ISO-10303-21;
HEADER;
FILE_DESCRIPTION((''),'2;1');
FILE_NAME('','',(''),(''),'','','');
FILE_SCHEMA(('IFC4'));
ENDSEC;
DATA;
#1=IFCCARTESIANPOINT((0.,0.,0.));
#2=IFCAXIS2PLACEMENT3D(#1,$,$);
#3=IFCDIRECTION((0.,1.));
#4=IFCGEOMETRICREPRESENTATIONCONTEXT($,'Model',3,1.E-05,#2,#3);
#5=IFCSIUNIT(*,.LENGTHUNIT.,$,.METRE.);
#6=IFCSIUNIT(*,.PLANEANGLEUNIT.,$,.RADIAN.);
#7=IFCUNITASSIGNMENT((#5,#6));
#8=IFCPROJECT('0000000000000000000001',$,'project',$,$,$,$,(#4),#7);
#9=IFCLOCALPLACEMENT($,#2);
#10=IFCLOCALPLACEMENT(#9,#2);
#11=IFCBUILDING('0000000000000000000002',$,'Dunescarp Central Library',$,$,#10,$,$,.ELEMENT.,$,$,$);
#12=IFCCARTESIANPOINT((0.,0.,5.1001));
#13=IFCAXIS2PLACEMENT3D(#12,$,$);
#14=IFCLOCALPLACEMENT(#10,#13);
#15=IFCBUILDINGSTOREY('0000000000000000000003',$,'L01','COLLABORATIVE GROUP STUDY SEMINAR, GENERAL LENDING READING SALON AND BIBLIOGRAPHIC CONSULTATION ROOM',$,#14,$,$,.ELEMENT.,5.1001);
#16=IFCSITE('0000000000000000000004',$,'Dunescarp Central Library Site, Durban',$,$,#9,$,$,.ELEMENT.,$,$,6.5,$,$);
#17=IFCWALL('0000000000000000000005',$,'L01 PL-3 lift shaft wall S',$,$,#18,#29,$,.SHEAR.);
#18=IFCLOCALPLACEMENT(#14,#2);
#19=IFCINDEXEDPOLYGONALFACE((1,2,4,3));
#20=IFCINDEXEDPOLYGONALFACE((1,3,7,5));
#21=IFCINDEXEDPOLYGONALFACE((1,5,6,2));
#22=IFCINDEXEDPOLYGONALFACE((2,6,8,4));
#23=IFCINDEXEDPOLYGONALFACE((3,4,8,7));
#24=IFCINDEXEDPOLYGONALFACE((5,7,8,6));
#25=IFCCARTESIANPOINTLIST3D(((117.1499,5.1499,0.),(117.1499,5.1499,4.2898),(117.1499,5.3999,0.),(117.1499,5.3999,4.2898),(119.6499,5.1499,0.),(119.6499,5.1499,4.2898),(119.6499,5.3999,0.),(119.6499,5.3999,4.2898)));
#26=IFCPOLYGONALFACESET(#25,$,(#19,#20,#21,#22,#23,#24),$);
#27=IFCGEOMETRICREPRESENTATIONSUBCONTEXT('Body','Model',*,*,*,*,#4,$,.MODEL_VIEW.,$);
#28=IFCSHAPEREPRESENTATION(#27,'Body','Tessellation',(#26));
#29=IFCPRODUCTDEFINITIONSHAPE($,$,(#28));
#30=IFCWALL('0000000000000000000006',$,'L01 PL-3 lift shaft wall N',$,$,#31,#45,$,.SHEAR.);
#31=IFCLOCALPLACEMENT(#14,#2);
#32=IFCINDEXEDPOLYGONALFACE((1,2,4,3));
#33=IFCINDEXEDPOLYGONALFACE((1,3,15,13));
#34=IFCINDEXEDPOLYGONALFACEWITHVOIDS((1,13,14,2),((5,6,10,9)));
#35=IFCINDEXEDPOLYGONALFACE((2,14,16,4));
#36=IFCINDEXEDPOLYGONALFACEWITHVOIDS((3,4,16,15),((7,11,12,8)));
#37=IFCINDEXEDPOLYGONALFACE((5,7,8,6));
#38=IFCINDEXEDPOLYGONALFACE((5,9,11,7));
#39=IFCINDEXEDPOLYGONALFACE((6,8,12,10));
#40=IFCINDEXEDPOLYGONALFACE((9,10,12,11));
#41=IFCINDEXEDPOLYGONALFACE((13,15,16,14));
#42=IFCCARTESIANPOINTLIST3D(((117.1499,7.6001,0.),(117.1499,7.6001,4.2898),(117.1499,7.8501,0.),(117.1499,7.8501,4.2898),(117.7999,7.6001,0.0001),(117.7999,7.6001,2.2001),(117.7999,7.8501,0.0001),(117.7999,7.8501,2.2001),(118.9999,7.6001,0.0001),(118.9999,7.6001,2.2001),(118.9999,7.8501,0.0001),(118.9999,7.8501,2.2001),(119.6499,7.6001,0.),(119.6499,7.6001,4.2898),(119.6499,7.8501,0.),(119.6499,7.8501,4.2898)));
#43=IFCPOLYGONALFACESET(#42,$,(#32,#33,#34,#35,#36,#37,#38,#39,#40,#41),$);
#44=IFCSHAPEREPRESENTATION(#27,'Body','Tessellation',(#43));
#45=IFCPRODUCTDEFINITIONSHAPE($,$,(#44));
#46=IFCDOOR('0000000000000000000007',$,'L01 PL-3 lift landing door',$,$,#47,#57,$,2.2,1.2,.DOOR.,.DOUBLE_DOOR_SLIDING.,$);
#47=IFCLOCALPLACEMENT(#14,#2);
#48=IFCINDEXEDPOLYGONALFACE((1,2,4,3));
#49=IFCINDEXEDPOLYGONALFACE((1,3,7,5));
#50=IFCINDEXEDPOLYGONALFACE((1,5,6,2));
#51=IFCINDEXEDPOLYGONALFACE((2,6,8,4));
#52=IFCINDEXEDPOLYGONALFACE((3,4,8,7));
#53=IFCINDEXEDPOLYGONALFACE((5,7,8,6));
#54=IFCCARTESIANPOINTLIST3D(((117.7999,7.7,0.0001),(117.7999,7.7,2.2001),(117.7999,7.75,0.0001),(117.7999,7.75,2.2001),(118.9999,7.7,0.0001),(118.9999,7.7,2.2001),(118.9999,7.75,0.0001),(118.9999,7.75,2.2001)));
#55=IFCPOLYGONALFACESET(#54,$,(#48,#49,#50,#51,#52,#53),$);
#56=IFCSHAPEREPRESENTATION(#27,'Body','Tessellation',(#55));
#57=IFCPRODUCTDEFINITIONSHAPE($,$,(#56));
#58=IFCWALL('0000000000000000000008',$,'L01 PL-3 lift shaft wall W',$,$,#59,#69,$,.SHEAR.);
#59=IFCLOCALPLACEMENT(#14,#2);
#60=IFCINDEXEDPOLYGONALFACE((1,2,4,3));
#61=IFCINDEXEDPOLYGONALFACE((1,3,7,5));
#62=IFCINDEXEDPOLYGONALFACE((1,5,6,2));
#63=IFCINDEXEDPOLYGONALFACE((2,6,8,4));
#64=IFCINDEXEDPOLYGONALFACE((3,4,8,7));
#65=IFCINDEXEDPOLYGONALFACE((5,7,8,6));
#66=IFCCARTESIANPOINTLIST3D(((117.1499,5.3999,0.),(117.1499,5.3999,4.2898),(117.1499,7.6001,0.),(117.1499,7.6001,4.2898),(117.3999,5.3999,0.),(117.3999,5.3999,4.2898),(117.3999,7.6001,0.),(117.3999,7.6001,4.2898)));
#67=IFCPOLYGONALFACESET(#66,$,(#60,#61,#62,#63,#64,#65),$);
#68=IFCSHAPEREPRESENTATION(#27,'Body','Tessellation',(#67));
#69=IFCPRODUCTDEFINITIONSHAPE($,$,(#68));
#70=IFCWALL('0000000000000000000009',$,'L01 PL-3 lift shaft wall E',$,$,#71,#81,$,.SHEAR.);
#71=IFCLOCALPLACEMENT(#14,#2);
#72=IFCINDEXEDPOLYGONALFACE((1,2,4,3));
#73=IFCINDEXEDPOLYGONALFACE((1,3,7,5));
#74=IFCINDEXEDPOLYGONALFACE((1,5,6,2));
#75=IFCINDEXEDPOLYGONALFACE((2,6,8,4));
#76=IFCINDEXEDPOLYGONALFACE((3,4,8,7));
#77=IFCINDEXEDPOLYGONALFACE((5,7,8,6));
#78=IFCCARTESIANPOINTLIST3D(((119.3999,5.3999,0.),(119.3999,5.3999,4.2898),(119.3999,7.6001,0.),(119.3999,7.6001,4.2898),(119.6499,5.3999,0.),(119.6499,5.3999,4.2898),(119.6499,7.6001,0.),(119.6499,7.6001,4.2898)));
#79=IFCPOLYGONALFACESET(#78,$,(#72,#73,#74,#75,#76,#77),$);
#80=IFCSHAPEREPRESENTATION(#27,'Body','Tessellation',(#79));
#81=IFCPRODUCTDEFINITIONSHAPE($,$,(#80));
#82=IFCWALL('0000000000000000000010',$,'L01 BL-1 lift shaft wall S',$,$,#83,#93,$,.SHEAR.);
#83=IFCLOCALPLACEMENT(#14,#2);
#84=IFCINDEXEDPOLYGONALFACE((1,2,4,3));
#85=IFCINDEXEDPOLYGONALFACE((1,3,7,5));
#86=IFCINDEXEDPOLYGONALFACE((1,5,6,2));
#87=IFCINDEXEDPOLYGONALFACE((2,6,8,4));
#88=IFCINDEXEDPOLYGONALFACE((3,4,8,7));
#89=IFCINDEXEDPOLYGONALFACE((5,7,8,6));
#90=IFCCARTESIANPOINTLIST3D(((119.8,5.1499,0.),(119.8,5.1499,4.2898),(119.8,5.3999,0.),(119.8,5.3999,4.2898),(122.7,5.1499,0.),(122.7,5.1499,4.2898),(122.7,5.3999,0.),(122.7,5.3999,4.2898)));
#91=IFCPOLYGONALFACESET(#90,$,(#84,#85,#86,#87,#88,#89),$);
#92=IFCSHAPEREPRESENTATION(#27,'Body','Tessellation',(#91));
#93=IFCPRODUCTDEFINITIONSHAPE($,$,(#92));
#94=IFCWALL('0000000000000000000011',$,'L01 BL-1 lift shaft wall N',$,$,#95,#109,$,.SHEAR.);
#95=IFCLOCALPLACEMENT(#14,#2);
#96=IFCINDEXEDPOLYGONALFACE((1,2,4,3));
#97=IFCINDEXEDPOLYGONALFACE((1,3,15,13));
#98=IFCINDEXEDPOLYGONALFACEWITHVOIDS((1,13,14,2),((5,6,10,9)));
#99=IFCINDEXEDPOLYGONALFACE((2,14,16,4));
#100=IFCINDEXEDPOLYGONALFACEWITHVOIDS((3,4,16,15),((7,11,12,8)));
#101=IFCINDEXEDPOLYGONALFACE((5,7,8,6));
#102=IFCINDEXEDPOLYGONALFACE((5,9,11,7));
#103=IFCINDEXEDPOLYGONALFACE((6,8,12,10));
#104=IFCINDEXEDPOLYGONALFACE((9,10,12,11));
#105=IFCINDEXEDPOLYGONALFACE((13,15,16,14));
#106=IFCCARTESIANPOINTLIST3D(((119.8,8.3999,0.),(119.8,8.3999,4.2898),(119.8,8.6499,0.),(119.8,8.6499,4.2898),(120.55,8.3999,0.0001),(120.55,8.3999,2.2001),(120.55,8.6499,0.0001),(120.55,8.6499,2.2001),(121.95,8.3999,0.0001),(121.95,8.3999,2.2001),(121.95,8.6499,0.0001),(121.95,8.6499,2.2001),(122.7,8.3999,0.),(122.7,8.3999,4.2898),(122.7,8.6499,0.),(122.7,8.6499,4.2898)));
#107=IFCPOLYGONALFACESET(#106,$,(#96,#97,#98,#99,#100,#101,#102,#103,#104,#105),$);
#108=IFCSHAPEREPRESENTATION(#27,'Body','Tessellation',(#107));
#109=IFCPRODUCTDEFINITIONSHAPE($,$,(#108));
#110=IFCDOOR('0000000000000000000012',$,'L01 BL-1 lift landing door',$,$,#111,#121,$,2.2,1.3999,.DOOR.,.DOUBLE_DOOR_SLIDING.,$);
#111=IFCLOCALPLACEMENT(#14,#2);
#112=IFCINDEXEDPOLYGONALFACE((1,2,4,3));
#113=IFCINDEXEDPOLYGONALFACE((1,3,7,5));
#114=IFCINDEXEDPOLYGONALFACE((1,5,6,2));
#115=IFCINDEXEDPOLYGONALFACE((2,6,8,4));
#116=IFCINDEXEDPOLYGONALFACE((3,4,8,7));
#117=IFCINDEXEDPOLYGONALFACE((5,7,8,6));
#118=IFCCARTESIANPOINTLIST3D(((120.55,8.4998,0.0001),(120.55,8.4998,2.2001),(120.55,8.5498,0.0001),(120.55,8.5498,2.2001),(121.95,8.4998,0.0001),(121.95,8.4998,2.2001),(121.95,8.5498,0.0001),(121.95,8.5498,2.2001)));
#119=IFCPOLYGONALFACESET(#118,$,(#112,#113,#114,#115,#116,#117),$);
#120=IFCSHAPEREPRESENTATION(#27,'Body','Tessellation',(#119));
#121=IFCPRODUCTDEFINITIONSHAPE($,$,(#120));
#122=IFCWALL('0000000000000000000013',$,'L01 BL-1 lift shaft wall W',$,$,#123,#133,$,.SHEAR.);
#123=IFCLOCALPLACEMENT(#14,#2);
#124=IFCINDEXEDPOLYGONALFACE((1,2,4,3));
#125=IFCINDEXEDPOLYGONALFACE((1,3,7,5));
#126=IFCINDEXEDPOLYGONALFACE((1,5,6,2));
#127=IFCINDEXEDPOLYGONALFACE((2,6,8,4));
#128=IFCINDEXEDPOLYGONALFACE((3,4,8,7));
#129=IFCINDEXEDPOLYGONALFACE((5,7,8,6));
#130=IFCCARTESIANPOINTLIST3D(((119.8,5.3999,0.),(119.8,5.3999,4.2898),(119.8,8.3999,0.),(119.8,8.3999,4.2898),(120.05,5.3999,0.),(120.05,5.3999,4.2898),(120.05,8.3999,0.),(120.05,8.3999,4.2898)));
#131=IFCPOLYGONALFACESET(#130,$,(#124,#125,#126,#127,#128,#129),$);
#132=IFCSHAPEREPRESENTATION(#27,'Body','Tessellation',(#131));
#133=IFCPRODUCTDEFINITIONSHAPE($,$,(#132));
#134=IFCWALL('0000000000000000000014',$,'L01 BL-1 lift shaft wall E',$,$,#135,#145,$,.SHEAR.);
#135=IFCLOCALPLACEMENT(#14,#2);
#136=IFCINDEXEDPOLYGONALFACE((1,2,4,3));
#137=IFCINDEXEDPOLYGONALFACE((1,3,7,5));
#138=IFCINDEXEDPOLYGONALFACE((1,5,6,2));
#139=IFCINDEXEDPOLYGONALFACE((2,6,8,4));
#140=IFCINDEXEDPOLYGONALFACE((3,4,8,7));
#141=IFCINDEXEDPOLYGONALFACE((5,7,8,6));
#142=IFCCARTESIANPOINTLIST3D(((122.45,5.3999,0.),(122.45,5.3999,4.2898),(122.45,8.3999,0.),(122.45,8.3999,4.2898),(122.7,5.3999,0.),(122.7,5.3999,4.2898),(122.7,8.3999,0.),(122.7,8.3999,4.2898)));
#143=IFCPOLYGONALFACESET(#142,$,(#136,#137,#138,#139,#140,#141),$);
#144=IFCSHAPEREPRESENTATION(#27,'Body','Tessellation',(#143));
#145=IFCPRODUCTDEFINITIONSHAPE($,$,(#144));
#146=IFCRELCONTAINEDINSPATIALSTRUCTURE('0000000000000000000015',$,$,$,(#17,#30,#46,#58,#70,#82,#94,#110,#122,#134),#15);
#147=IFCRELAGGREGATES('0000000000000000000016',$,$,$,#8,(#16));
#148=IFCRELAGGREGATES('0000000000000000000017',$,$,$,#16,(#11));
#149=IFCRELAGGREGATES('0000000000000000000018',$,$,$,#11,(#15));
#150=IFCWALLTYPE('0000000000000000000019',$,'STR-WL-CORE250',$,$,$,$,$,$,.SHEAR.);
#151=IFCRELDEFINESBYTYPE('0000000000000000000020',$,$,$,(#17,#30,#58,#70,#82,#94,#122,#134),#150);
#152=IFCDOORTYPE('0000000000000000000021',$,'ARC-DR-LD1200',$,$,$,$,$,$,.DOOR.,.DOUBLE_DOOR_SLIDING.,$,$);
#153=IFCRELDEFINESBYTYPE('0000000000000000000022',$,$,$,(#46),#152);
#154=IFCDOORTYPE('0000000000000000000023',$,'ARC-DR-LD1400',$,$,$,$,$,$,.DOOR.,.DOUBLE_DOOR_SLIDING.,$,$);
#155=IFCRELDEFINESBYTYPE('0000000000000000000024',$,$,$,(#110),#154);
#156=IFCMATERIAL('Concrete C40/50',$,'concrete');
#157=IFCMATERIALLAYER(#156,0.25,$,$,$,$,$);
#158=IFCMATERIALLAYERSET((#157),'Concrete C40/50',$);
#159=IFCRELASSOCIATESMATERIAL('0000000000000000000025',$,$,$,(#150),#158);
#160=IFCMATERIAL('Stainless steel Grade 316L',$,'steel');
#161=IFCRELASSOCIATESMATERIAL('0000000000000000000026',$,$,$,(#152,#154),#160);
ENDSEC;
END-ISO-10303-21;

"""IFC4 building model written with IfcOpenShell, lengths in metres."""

from ifc_helpers import new_model, si_unit, direction, frame, frame_2d, origin, place, context, subcontext, project, spatial, rectangle, extrude, material, layer, layer_set, type_object, element, fill, save


model = new_model("IFC4")

# Units and contexts
model_context = context("Model", 3, precision=1e-05, world=origin(), true_north=direction((0.0, 1.0)))
body_context = subcontext(model_context, "Body", "Model", "MODEL_VIEW")
ifc_project = project(units=[si_unit("LENGTHUNIT", "METRE"), si_unit("PLANEANGLEUNIT", "RADIAN")], contexts=[model_context])

# Site, building, storey
site_placement = place(None, origin())
site = spatial("IfcSite", under=ifc_project, at=site_placement, Name="Dunescarp Central Library Site, Durban", CompositionType="ELEMENT", RefElevation=6.5)
building_placement = place(site_placement, origin())
building = spatial("IfcBuilding", under=site, at=building_placement, Name="Dunescarp Central Library", CompositionType="ELEMENT")
storey_placement = place(building_placement, frame((0.0, 0.0, 5.1001)))
storey = spatial("IfcBuildingStorey", under=building, at=storey_placement, Name="L01", Description="COLLABORATIVE GROUP STUDY SEMINAR, GENERAL LENDING READING SALON AND BIBLIOGRAPHIC CONSULTATION ROOM", CompositionType="ELEMENT", Elevation=5.1001)

# Wall
ifc_material_1 = material(Name="Concrete C40/50", Category="concrete")
ifc_layer_1 = layer(ifc_material_1, 0.25)
ifc_layer_set_1 = layer_set([ifc_layer_1], Name="Concrete C40/50")
wall_type_1 = type_object("IfcWallType", Name="STR-WL-CORE250", PredefinedType="SHEAR", material=ifc_layer_set_1)
wall_1_placement = place(storey_placement, frame((119.6499, 5.2749, 0.0), z_axis=(0.0, 0.0, 1.0), x_axis=(-1.0, 0.0, 0.0)))
element("IfcWall", 1, at=wall_1_placement, inside=storey, type_object=wall_type_1, Name="L01 PL-3 lift shaft wall S", PredefinedType="SHEAR", context=body_context, shape_type="SweptSolid", body=[
    extrude(rectangle(XDim=2.5, YDim=0.25, at=frame_2d((1.25, 0.0))), origin(), (0.0, 0.0, 1.0), 4.2898),
])

# Wall, opening, door
wall_2_placement = place(storey_placement, frame((117.1499, 7.7251, 0.0), z_axis=(0.0, 0.0, 1.0), x_axis=(1.0, 0.0, 0.0)))
wall_2 = element("IfcWall", 2, at=wall_2_placement, inside=storey, type_object=wall_type_1, Name="L01 PL-3 lift shaft wall N", PredefinedType="SHEAR", context=body_context, shape_type="SweptSolid", body=[
    extrude(rectangle(XDim=2.5, YDim=0.25, at=frame_2d((1.25, 0.0))), origin(), (0.0, 0.0, 1.0), 4.2898),
])
opening_1_placement = place(wall_2_placement, frame((0.6499, 0.0, 0.0)))
opening_1 = element("IfcOpeningElement", 3, at=opening_1_placement, cuts=wall_2, PredefinedType="OPENING", context=body_context, shape_type="SweptSolid", body=[
    extrude(rectangle(XDim=1.2, YDim=2.2, at=frame_2d((0.6001, 1.1001))), frame((0.0, 0.135, 0.0), z_axis=(0.0, -1.0, 0.0), x_axis=(1.0, 0.0, 0.0)), (0.0, 0.0, 1.0), 0.27),
])
ifc_material_2 = material(Name="Stainless steel Grade 316L", Category="steel")
door_type_1 = type_object("IfcDoorType", Name="ARC-DR-LD1200", OperationType="DOUBLE_DOOR_SLIDING", PredefinedType="DOOR", material=ifc_material_2)
door_1_placement = place(opening_1_placement, origin())
door_1 = element("IfcDoor", 4, at=door_1_placement, inside=storey, type_object=door_type_1, Name="L01 PL-3 lift landing door", OperationType="DOUBLE_DOOR_SLIDING", OverallHeight=2.2, OverallWidth=1.2, PredefinedType="DOOR", context=body_context, shape_type="SweptSolid", body=[
    extrude(rectangle(XDim=1.2, YDim=2.2, at=frame_2d((0.6001, 1.1001))), frame((0.0, 0.0249, 0.0), z_axis=(0.0, -1.0, 0.0), x_axis=(1.0, 0.0, 0.0)), (0.0, 0.0, 1.0), 0.05),
])
fill(opening_1, door_1)

# Walls
for number, where, z_axis, x_axis, name in (
    (5, (117.2749, 5.3999, 0.0), (0.0, 0.0, 1.0), (0.0, 1.0, 0.0), "L01 PL-3 lift shaft wall W"),
    (6, (119.5249, 7.6001, 0.0), (0.0, 0.0, 1.0), (0.0, -1.0, 0.0), "L01 PL-3 lift shaft wall E"),
):
    element("IfcWall", number, at=place(storey_placement, frame(where, z_axis=z_axis, x_axis=x_axis)), inside=storey, type_object=wall_type_1, Name=name, PredefinedType="SHEAR", context=body_context, shape_type="SweptSolid", body=[
        extrude(rectangle(XDim=2.2002, YDim=0.25, at=frame_2d((1.1001, 0.0))), origin(), (0.0, 0.0, 1.0), 4.2898),
    ])
wall_3_placement = place(storey_placement, frame((122.7, 5.2749, 0.0), z_axis=(0.0, 0.0, 1.0), x_axis=(-1.0, 0.0, 0.0)))
element("IfcWall", 7, at=wall_3_placement, inside=storey, type_object=wall_type_1, Name="L01 BL-1 lift shaft wall S", PredefinedType="SHEAR", context=body_context, shape_type="SweptSolid", body=[
    extrude(rectangle(XDim=2.8999, YDim=0.25, at=frame_2d((1.45, 0.0))), origin(), (0.0, 0.0, 1.0), 4.2898),
])

# Wall, opening, door
wall_4_placement = place(storey_placement, frame((119.8, 8.5249, 0.0), z_axis=(0.0, 0.0, 1.0), x_axis=(1.0, 0.0, 0.0)))
wall_4 = element("IfcWall", 8, at=wall_4_placement, inside=storey, type_object=wall_type_1, Name="L01 BL-1 lift shaft wall N", PredefinedType="SHEAR", context=body_context, shape_type="SweptSolid", body=[
    extrude(rectangle(XDim=2.8999, YDim=0.25, at=frame_2d((1.45, 0.0))), origin(), (0.0, 0.0, 1.0), 4.2898),
])
opening_2_placement = place(wall_4_placement, frame((0.75, 0.0, 0.0)))
opening_2 = element("IfcOpeningElement", 9, at=opening_2_placement, cuts=wall_4, PredefinedType="OPENING", context=body_context, shape_type="SweptSolid", body=[
    extrude(rectangle(XDim=1.3999, YDim=2.2, at=frame_2d((0.7, 1.1001))), frame((0.0, 0.135, 0.0), z_axis=(0.0, -1.0, 0.0), x_axis=(1.0, 0.0, 0.0)), (0.0, 0.0, 1.0), 0.27),
])
door_type_2 = type_object("IfcDoorType", Name="ARC-DR-LD1400", OperationType="DOUBLE_DOOR_SLIDING", PredefinedType="DOOR", material=ifc_material_2)
door_2_placement = place(opening_2_placement, origin())
door_2 = element("IfcDoor", 10, at=door_2_placement, inside=storey, type_object=door_type_2, Name="L01 BL-1 lift landing door", OperationType="DOUBLE_DOOR_SLIDING", OverallHeight=2.2, OverallWidth=1.3999, PredefinedType="DOOR", context=body_context, shape_type="SweptSolid", body=[
    extrude(rectangle(XDim=1.3999, YDim=2.2, at=frame_2d((0.7, 1.1001))), frame((0.0, 0.0249, 0.0), z_axis=(0.0, -1.0, 0.0), x_axis=(1.0, 0.0, 0.0)), (0.0, 0.0, 1.0), 0.05),
])
fill(opening_2, door_2)

# Walls
for number, where, z_axis, x_axis, name in (
    (11, (119.925, 5.3999, 0.0), (0.0, 0.0, 1.0), (0.0, 1.0, 0.0), "L01 BL-1 lift shaft wall W"),
    (12, (122.575, 8.3999, 0.0), (0.0, 0.0, 1.0), (0.0, -1.0, 0.0), "L01 BL-1 lift shaft wall E"),
):
    element("IfcWall", number, at=place(storey_placement, frame(where, z_axis=z_axis, x_axis=x_axis)), inside=storey, type_object=wall_type_1, Name=name, PredefinedType="SHEAR", context=body_context, shape_type="SweptSolid", body=[
        extrude(rectangle(XDim=3.0, YDim=0.25, at=frame_2d((1.5, 0.0))), origin(), (0.0, 0.0, 1.0), 4.2898),
    ])

save(model, "model.ifc")
